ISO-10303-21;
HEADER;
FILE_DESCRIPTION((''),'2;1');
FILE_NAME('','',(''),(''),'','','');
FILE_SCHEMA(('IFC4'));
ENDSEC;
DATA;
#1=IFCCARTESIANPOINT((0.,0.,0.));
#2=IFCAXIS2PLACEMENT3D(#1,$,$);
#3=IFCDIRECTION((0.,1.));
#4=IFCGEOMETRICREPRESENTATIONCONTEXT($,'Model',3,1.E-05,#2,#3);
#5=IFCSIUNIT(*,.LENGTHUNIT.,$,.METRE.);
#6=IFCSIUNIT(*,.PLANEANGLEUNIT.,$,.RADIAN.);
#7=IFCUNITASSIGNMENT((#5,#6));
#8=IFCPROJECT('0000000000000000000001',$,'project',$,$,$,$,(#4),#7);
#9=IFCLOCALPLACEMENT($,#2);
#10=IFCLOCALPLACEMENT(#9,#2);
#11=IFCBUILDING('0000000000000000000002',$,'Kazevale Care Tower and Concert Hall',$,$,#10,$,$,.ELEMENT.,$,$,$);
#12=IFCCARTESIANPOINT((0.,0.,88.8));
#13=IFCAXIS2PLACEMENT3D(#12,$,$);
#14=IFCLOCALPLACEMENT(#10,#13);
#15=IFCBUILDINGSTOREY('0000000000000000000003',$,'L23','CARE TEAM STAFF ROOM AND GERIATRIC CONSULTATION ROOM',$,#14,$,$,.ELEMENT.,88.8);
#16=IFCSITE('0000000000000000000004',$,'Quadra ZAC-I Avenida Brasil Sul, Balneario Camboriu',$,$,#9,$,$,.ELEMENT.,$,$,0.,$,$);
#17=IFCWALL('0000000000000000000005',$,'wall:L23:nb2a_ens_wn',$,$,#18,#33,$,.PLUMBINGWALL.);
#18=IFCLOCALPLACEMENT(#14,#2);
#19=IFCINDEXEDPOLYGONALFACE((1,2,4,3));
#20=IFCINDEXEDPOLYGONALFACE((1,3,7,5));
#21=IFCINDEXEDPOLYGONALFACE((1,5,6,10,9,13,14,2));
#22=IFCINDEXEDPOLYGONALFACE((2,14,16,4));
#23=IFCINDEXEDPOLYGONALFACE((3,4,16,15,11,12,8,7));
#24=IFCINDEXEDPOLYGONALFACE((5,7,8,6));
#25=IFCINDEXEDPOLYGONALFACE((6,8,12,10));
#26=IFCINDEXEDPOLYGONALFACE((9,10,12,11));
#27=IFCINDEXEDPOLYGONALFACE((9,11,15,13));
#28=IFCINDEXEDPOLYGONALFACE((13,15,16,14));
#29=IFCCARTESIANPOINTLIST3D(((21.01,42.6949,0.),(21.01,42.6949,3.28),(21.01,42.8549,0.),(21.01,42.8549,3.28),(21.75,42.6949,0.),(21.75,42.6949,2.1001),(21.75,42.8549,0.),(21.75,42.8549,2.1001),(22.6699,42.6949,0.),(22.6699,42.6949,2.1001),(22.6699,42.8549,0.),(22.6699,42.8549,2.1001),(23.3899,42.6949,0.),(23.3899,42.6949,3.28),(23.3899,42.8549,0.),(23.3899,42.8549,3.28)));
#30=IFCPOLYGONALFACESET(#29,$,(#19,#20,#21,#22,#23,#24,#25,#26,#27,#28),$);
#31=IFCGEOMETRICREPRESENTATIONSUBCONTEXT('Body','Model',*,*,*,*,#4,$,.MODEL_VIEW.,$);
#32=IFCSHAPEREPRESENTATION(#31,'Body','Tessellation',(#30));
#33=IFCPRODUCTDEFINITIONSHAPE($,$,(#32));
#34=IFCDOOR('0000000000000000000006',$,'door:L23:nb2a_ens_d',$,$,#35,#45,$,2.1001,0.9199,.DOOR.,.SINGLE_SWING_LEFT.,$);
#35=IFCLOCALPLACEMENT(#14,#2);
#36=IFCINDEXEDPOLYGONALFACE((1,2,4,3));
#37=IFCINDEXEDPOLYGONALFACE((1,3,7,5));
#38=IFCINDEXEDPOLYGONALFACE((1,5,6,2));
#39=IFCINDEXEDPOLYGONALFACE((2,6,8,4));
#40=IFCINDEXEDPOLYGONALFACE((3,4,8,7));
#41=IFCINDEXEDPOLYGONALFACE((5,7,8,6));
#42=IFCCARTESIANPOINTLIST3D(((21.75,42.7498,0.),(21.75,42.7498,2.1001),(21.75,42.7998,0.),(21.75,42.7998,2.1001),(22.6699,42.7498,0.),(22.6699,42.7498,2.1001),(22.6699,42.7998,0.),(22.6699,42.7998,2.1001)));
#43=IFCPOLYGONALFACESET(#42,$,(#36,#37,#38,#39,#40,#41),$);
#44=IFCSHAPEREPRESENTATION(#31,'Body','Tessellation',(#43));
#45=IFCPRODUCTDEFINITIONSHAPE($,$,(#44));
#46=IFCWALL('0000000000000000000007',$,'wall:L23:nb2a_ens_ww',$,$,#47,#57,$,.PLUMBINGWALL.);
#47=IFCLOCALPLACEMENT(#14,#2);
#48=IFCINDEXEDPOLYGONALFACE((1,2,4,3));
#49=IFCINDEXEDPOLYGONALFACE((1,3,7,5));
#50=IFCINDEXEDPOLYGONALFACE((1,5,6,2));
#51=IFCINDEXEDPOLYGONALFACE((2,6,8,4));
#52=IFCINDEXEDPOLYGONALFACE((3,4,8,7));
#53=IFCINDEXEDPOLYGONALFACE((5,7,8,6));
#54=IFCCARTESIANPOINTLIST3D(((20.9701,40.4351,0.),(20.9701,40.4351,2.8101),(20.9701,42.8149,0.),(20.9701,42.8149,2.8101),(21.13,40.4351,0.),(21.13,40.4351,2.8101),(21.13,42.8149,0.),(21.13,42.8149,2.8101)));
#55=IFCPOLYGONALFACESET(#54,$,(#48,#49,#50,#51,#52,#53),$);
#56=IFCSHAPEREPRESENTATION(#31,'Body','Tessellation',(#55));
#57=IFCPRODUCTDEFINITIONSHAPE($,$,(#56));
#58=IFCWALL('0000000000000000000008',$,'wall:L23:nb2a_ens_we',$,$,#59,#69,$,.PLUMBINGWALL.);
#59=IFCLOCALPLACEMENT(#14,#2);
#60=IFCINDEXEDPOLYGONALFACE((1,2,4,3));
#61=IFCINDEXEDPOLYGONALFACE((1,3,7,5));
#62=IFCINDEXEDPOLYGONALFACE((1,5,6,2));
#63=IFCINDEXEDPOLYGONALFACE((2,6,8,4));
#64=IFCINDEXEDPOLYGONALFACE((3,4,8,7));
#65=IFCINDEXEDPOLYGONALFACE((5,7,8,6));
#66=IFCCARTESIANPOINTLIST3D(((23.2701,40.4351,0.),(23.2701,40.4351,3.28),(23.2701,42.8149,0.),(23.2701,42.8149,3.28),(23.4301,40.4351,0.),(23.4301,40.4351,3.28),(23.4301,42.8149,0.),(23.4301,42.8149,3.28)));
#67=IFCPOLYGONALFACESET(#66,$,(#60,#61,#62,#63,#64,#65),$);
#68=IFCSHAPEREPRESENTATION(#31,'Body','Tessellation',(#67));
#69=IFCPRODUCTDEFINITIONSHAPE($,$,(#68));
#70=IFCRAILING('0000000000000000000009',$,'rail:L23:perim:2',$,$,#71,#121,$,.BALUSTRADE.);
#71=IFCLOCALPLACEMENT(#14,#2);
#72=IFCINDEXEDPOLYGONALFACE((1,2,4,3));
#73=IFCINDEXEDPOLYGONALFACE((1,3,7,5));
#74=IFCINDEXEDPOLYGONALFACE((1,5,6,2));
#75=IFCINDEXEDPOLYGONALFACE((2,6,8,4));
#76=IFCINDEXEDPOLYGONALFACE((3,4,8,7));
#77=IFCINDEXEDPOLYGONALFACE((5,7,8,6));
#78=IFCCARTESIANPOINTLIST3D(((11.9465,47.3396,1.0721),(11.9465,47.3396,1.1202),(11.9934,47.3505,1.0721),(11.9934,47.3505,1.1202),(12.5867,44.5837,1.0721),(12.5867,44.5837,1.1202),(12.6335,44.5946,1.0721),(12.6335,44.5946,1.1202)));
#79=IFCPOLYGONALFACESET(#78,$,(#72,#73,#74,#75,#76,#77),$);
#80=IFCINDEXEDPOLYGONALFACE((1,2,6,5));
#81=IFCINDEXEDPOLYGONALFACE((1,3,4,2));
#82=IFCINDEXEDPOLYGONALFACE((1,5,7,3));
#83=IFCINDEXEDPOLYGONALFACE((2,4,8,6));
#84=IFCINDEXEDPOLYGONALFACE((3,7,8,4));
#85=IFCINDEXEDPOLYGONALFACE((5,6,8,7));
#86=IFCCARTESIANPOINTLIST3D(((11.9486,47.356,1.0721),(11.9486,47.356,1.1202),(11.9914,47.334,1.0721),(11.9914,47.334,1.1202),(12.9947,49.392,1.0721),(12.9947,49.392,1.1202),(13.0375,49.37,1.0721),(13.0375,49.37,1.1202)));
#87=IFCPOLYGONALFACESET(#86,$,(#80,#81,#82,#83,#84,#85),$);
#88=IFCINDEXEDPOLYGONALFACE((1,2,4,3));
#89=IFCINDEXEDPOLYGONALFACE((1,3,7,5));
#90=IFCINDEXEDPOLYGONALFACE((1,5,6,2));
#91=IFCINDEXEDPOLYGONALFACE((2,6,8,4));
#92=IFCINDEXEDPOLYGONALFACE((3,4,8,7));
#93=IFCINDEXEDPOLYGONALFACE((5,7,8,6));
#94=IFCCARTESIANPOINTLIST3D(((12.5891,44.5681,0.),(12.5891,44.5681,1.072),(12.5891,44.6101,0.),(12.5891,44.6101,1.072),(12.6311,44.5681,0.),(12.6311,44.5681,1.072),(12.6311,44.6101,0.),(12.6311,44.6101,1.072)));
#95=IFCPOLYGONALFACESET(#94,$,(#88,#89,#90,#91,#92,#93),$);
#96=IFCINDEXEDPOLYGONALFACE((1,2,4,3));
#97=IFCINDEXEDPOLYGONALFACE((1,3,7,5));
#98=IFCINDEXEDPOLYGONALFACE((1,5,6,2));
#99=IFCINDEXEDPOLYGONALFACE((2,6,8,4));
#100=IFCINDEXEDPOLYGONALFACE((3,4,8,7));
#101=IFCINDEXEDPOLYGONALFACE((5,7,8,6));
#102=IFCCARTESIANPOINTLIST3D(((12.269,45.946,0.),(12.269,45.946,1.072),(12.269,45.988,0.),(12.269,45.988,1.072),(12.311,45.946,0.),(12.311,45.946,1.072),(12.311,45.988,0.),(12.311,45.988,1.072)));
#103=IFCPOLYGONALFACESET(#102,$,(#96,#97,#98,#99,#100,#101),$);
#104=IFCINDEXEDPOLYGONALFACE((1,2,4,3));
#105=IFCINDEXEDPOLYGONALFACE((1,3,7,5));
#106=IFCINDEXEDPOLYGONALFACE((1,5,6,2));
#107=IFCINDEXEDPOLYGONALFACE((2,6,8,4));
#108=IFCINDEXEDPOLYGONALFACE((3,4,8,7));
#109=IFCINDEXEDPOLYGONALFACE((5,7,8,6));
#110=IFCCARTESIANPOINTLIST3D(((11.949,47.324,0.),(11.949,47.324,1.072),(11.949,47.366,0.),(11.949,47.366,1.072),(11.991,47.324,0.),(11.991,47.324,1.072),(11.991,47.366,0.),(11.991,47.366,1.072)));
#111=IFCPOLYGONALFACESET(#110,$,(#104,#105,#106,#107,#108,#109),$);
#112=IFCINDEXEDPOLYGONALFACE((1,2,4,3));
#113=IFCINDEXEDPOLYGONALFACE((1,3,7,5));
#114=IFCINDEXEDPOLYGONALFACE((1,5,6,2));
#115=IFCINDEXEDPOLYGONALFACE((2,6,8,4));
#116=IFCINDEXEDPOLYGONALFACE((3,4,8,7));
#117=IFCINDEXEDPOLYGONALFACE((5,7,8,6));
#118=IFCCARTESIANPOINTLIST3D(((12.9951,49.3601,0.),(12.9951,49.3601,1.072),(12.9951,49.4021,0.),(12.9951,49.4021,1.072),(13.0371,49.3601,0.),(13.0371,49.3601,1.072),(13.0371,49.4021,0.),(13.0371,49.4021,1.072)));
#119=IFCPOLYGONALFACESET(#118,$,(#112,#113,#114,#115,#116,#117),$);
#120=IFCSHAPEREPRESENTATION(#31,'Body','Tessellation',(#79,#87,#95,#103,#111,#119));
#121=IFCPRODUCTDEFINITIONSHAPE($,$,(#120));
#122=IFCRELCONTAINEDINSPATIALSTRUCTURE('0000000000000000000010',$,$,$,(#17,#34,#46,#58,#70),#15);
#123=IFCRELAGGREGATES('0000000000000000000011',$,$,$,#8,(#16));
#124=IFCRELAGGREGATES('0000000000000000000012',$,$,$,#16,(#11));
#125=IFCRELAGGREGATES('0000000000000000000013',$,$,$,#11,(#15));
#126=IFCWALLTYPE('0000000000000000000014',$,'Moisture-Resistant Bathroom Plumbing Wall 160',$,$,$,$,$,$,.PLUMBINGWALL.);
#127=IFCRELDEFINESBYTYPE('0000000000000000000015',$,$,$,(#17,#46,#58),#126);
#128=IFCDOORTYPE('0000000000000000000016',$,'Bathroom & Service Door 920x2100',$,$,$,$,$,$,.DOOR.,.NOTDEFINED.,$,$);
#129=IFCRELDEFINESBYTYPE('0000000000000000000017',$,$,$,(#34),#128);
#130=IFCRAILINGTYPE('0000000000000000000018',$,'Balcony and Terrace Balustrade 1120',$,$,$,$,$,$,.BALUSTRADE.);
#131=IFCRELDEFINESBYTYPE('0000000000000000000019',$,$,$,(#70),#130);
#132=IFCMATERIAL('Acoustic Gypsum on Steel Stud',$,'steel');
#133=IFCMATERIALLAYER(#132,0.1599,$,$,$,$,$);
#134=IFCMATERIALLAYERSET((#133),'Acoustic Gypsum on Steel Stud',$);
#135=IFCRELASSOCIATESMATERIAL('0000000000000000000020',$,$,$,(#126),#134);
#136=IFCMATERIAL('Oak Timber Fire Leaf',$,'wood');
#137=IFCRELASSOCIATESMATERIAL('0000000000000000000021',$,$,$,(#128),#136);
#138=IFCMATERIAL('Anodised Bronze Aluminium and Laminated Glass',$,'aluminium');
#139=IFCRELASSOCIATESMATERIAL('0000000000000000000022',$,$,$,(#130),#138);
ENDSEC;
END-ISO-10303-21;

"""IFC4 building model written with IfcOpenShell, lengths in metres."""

from ifc_helpers import new_model, si_unit, direction, frame, frame_2d, origin, origin_2d, place, context, subcontext, project, spatial, rectangle, extrude, material, layer, layer_set, type_object, element, fill, save


model = new_model("IFC4")

# Units and contexts
model_context = context("Model", 3, precision=1e-05, world=origin(), true_north=direction((0.0, 1.0)))
body_context = subcontext(model_context, "Body", "Model", "MODEL_VIEW")
ifc_project = project(units=[si_unit("LENGTHUNIT", "METRE"), si_unit("PLANEANGLEUNIT", "RADIAN")], contexts=[model_context])

# Site, building, storey
site_placement = place(None, origin())
site = spatial("IfcSite", under=ifc_project, at=site_placement, Name="Quadra ZAC-I Avenida Brasil Sul, Balneario Camboriu", CompositionType="ELEMENT", RefElevation=0.0)
building_placement = place(site_placement, origin())
building = spatial("IfcBuilding", under=site, at=building_placement, Name="Kazevale Care Tower and Concert Hall", CompositionType="ELEMENT")
storey_placement = place(building_placement, frame((0.0, 0.0, 88.8)))
storey = spatial("IfcBuildingStorey", under=building, at=storey_placement, Name="L23", Description="CARE TEAM STAFF ROOM AND GERIATRIC CONSULTATION ROOM", CompositionType="ELEMENT", Elevation=88.8)

# Shared definitions
ifc_material_1 = material(Name="Oak Timber Fire Leaf", Category="wood")

# Shared definitions
ifc_material_2 = material(Name="Acoustic Gypsum on Steel Stud", Category="steel")
ifc_layer_1 = layer(ifc_material_2, 0.1599)
ifc_layer_set_1 = layer_set([ifc_layer_1], Name="Acoustic Gypsum on Steel Stud")
wall_type_1 = type_object("IfcWallType", Name="Moisture-Resistant Bathroom Plumbing Wall 160", PredefinedType="PLUMBINGWALL", material=ifc_layer_set_1)

# Wall, opening, door
wall_1_placement = place(storey_placement, frame((21.01, 42.7749, 0.0), z_axis=(0.0, 0.0, 1.0), x_axis=(1.0, 0.0, 0.0)))
wall_1 = element("IfcWall", 1, at=wall_1_placement, inside=storey, type_object=wall_type_1, Name="wall:L23:nb2a_ens_wn", PredefinedType="PLUMBINGWALL", context=body_context, shape_type="SweptSolid", body=[
    extrude(rectangle(XDim=2.3799, YDim=0.1599, at=frame_2d((1.1899, 0.0))), origin(), (0.0, 0.0, 1.0), 3.28),
])
opening_1_placement = place(wall_1_placement, frame((0.74, 0.0, 0.0)))
opening_1 = element("IfcOpeningElement", 2, at=opening_1_placement, cuts=wall_1, PredefinedType="OPENING", context=body_context, shape_type="SweptSolid", body=[
    extrude(rectangle(XDim=0.9199, YDim=2.1001, at=frame_2d((0.46, 1.05))), frame((0.0, 0.0898, 0.0), z_axis=(0.0, -1.0, 0.0), x_axis=(1.0, 0.0, 0.0)), (0.0, 0.0, 1.0), 0.1799),
])
door_type_1 = type_object("IfcDoorType", Name="Bathroom & Service Door 920x2100", OperationType="NOTDEFINED", PredefinedType="DOOR", material=ifc_material_1)
door_1_placement = place(opening_1_placement, origin())
door_1 = element("IfcDoor", 3, at=door_1_placement, inside=storey, type_object=door_type_1, Name="door:L23:nb2a_ens_d", OperationType="SINGLE_SWING_LEFT", OverallHeight=2.1001, OverallWidth=0.9199, PredefinedType="DOOR", context=body_context, shape_type="SweptSolid", body=[
    extrude(rectangle(XDim=0.9199, YDim=2.1001, at=frame_2d((0.46, 1.05))), frame((0.0, 0.0249, 0.0), z_axis=(0.0, -1.0, 0.0), x_axis=(1.0, 0.0, 0.0)), (0.0, 0.0, 1.0), 0.05),
])
fill(opening_1, door_1)

# Walls
wall_2_placement = place(storey_placement, frame((21.05, 40.4351, 0.0), z_axis=(0.0, 0.0, 1.0), x_axis=(0.0, 1.0, 0.0)))
element("IfcWall", 4, at=wall_2_placement, inside=storey, type_object=wall_type_1, Name="wall:L23:nb2a_ens_ww", PredefinedType="PLUMBINGWALL", context=body_context, shape_type="SweptSolid", body=[
    extrude(rectangle(XDim=2.3799, YDim=0.1599, at=frame_2d((1.1899, 0.0))), origin(), (0.0, 0.0, 1.0), 2.8101),
])
wall_3_placement = place(storey_placement, frame((23.3501, 40.4351, 0.0), z_axis=(0.0, 0.0, 1.0), x_axis=(0.0, 1.0, 0.0)))
element("IfcWall", 5, at=wall_3_placement, inside=storey, type_object=wall_type_1, Name="wall:L23:nb2a_ens_we", PredefinedType="PLUMBINGWALL", context=body_context, shape_type="SweptSolid", body=[
    extrude(rectangle(XDim=2.3799, YDim=0.1599, at=frame_2d((1.1899, 0.0))), origin(), (0.0, 0.0, 1.0), 3.28),
])

# Railing
ifc_material_3 = material(Name="Anodised Bronze Aluminium and Laminated Glass", Category="aluminium")
railing_type = type_object("IfcRailingType", Name="Balcony and Terrace Balustrade 1120", PredefinedType="BALUSTRADE", material=ifc_material_3)
railing_placement = place(storey_placement, frame((12.6101, 44.5891, 0.0)))
element("IfcRailing", 6, at=railing_placement, inside=storey, type_object=railing_type, Name="rail:L23:perim:2", PredefinedType="BALUSTRADE", context=body_context, shape_type="SweptSolid", body=[
    extrude(rectangle(XDim=0.0481, YDim=0.0481, at=origin_2d()), frame((0.0, 0.0, 1.0962), z_axis=(-0.226258, 0.974067, 0.0), x_axis=(-0.974067, -0.226258, 0.0)), (0.0, 0.0, 1.0), 2.8293),
    extrude(rectangle(XDim=0.0481, YDim=0.0481, at=origin_2d()), frame((-0.6401, 2.7559, 1.0962), z_axis=(0.456999, 0.889467, 0.0), x_axis=(-0.889467, 0.456999, 0.0)), (0.0, 0.0, 1.0), 2.2891),
    extrude(rectangle(XDim=0.042, YDim=0.042, at=origin_2d()), origin(), (0.0, 0.0, 1.0), 1.072),
    extrude(rectangle(XDim=0.042, YDim=0.042, at=origin_2d()), frame((-0.3201, 1.3779, 0.0)), (0.0, 0.0, 1.0), 1.072),
    extrude(rectangle(XDim=0.042, YDim=0.042, at=origin_2d()), frame((-0.6401, 2.7559, 0.0)), (0.0, 0.0, 1.0), 1.072),
    extrude(rectangle(XDim=0.042, YDim=0.042, at=origin_2d()), frame((0.406, 4.792, 0.0)), (0.0, 0.0, 1.0), 1.072),
])

save(model, "model.ifc")
